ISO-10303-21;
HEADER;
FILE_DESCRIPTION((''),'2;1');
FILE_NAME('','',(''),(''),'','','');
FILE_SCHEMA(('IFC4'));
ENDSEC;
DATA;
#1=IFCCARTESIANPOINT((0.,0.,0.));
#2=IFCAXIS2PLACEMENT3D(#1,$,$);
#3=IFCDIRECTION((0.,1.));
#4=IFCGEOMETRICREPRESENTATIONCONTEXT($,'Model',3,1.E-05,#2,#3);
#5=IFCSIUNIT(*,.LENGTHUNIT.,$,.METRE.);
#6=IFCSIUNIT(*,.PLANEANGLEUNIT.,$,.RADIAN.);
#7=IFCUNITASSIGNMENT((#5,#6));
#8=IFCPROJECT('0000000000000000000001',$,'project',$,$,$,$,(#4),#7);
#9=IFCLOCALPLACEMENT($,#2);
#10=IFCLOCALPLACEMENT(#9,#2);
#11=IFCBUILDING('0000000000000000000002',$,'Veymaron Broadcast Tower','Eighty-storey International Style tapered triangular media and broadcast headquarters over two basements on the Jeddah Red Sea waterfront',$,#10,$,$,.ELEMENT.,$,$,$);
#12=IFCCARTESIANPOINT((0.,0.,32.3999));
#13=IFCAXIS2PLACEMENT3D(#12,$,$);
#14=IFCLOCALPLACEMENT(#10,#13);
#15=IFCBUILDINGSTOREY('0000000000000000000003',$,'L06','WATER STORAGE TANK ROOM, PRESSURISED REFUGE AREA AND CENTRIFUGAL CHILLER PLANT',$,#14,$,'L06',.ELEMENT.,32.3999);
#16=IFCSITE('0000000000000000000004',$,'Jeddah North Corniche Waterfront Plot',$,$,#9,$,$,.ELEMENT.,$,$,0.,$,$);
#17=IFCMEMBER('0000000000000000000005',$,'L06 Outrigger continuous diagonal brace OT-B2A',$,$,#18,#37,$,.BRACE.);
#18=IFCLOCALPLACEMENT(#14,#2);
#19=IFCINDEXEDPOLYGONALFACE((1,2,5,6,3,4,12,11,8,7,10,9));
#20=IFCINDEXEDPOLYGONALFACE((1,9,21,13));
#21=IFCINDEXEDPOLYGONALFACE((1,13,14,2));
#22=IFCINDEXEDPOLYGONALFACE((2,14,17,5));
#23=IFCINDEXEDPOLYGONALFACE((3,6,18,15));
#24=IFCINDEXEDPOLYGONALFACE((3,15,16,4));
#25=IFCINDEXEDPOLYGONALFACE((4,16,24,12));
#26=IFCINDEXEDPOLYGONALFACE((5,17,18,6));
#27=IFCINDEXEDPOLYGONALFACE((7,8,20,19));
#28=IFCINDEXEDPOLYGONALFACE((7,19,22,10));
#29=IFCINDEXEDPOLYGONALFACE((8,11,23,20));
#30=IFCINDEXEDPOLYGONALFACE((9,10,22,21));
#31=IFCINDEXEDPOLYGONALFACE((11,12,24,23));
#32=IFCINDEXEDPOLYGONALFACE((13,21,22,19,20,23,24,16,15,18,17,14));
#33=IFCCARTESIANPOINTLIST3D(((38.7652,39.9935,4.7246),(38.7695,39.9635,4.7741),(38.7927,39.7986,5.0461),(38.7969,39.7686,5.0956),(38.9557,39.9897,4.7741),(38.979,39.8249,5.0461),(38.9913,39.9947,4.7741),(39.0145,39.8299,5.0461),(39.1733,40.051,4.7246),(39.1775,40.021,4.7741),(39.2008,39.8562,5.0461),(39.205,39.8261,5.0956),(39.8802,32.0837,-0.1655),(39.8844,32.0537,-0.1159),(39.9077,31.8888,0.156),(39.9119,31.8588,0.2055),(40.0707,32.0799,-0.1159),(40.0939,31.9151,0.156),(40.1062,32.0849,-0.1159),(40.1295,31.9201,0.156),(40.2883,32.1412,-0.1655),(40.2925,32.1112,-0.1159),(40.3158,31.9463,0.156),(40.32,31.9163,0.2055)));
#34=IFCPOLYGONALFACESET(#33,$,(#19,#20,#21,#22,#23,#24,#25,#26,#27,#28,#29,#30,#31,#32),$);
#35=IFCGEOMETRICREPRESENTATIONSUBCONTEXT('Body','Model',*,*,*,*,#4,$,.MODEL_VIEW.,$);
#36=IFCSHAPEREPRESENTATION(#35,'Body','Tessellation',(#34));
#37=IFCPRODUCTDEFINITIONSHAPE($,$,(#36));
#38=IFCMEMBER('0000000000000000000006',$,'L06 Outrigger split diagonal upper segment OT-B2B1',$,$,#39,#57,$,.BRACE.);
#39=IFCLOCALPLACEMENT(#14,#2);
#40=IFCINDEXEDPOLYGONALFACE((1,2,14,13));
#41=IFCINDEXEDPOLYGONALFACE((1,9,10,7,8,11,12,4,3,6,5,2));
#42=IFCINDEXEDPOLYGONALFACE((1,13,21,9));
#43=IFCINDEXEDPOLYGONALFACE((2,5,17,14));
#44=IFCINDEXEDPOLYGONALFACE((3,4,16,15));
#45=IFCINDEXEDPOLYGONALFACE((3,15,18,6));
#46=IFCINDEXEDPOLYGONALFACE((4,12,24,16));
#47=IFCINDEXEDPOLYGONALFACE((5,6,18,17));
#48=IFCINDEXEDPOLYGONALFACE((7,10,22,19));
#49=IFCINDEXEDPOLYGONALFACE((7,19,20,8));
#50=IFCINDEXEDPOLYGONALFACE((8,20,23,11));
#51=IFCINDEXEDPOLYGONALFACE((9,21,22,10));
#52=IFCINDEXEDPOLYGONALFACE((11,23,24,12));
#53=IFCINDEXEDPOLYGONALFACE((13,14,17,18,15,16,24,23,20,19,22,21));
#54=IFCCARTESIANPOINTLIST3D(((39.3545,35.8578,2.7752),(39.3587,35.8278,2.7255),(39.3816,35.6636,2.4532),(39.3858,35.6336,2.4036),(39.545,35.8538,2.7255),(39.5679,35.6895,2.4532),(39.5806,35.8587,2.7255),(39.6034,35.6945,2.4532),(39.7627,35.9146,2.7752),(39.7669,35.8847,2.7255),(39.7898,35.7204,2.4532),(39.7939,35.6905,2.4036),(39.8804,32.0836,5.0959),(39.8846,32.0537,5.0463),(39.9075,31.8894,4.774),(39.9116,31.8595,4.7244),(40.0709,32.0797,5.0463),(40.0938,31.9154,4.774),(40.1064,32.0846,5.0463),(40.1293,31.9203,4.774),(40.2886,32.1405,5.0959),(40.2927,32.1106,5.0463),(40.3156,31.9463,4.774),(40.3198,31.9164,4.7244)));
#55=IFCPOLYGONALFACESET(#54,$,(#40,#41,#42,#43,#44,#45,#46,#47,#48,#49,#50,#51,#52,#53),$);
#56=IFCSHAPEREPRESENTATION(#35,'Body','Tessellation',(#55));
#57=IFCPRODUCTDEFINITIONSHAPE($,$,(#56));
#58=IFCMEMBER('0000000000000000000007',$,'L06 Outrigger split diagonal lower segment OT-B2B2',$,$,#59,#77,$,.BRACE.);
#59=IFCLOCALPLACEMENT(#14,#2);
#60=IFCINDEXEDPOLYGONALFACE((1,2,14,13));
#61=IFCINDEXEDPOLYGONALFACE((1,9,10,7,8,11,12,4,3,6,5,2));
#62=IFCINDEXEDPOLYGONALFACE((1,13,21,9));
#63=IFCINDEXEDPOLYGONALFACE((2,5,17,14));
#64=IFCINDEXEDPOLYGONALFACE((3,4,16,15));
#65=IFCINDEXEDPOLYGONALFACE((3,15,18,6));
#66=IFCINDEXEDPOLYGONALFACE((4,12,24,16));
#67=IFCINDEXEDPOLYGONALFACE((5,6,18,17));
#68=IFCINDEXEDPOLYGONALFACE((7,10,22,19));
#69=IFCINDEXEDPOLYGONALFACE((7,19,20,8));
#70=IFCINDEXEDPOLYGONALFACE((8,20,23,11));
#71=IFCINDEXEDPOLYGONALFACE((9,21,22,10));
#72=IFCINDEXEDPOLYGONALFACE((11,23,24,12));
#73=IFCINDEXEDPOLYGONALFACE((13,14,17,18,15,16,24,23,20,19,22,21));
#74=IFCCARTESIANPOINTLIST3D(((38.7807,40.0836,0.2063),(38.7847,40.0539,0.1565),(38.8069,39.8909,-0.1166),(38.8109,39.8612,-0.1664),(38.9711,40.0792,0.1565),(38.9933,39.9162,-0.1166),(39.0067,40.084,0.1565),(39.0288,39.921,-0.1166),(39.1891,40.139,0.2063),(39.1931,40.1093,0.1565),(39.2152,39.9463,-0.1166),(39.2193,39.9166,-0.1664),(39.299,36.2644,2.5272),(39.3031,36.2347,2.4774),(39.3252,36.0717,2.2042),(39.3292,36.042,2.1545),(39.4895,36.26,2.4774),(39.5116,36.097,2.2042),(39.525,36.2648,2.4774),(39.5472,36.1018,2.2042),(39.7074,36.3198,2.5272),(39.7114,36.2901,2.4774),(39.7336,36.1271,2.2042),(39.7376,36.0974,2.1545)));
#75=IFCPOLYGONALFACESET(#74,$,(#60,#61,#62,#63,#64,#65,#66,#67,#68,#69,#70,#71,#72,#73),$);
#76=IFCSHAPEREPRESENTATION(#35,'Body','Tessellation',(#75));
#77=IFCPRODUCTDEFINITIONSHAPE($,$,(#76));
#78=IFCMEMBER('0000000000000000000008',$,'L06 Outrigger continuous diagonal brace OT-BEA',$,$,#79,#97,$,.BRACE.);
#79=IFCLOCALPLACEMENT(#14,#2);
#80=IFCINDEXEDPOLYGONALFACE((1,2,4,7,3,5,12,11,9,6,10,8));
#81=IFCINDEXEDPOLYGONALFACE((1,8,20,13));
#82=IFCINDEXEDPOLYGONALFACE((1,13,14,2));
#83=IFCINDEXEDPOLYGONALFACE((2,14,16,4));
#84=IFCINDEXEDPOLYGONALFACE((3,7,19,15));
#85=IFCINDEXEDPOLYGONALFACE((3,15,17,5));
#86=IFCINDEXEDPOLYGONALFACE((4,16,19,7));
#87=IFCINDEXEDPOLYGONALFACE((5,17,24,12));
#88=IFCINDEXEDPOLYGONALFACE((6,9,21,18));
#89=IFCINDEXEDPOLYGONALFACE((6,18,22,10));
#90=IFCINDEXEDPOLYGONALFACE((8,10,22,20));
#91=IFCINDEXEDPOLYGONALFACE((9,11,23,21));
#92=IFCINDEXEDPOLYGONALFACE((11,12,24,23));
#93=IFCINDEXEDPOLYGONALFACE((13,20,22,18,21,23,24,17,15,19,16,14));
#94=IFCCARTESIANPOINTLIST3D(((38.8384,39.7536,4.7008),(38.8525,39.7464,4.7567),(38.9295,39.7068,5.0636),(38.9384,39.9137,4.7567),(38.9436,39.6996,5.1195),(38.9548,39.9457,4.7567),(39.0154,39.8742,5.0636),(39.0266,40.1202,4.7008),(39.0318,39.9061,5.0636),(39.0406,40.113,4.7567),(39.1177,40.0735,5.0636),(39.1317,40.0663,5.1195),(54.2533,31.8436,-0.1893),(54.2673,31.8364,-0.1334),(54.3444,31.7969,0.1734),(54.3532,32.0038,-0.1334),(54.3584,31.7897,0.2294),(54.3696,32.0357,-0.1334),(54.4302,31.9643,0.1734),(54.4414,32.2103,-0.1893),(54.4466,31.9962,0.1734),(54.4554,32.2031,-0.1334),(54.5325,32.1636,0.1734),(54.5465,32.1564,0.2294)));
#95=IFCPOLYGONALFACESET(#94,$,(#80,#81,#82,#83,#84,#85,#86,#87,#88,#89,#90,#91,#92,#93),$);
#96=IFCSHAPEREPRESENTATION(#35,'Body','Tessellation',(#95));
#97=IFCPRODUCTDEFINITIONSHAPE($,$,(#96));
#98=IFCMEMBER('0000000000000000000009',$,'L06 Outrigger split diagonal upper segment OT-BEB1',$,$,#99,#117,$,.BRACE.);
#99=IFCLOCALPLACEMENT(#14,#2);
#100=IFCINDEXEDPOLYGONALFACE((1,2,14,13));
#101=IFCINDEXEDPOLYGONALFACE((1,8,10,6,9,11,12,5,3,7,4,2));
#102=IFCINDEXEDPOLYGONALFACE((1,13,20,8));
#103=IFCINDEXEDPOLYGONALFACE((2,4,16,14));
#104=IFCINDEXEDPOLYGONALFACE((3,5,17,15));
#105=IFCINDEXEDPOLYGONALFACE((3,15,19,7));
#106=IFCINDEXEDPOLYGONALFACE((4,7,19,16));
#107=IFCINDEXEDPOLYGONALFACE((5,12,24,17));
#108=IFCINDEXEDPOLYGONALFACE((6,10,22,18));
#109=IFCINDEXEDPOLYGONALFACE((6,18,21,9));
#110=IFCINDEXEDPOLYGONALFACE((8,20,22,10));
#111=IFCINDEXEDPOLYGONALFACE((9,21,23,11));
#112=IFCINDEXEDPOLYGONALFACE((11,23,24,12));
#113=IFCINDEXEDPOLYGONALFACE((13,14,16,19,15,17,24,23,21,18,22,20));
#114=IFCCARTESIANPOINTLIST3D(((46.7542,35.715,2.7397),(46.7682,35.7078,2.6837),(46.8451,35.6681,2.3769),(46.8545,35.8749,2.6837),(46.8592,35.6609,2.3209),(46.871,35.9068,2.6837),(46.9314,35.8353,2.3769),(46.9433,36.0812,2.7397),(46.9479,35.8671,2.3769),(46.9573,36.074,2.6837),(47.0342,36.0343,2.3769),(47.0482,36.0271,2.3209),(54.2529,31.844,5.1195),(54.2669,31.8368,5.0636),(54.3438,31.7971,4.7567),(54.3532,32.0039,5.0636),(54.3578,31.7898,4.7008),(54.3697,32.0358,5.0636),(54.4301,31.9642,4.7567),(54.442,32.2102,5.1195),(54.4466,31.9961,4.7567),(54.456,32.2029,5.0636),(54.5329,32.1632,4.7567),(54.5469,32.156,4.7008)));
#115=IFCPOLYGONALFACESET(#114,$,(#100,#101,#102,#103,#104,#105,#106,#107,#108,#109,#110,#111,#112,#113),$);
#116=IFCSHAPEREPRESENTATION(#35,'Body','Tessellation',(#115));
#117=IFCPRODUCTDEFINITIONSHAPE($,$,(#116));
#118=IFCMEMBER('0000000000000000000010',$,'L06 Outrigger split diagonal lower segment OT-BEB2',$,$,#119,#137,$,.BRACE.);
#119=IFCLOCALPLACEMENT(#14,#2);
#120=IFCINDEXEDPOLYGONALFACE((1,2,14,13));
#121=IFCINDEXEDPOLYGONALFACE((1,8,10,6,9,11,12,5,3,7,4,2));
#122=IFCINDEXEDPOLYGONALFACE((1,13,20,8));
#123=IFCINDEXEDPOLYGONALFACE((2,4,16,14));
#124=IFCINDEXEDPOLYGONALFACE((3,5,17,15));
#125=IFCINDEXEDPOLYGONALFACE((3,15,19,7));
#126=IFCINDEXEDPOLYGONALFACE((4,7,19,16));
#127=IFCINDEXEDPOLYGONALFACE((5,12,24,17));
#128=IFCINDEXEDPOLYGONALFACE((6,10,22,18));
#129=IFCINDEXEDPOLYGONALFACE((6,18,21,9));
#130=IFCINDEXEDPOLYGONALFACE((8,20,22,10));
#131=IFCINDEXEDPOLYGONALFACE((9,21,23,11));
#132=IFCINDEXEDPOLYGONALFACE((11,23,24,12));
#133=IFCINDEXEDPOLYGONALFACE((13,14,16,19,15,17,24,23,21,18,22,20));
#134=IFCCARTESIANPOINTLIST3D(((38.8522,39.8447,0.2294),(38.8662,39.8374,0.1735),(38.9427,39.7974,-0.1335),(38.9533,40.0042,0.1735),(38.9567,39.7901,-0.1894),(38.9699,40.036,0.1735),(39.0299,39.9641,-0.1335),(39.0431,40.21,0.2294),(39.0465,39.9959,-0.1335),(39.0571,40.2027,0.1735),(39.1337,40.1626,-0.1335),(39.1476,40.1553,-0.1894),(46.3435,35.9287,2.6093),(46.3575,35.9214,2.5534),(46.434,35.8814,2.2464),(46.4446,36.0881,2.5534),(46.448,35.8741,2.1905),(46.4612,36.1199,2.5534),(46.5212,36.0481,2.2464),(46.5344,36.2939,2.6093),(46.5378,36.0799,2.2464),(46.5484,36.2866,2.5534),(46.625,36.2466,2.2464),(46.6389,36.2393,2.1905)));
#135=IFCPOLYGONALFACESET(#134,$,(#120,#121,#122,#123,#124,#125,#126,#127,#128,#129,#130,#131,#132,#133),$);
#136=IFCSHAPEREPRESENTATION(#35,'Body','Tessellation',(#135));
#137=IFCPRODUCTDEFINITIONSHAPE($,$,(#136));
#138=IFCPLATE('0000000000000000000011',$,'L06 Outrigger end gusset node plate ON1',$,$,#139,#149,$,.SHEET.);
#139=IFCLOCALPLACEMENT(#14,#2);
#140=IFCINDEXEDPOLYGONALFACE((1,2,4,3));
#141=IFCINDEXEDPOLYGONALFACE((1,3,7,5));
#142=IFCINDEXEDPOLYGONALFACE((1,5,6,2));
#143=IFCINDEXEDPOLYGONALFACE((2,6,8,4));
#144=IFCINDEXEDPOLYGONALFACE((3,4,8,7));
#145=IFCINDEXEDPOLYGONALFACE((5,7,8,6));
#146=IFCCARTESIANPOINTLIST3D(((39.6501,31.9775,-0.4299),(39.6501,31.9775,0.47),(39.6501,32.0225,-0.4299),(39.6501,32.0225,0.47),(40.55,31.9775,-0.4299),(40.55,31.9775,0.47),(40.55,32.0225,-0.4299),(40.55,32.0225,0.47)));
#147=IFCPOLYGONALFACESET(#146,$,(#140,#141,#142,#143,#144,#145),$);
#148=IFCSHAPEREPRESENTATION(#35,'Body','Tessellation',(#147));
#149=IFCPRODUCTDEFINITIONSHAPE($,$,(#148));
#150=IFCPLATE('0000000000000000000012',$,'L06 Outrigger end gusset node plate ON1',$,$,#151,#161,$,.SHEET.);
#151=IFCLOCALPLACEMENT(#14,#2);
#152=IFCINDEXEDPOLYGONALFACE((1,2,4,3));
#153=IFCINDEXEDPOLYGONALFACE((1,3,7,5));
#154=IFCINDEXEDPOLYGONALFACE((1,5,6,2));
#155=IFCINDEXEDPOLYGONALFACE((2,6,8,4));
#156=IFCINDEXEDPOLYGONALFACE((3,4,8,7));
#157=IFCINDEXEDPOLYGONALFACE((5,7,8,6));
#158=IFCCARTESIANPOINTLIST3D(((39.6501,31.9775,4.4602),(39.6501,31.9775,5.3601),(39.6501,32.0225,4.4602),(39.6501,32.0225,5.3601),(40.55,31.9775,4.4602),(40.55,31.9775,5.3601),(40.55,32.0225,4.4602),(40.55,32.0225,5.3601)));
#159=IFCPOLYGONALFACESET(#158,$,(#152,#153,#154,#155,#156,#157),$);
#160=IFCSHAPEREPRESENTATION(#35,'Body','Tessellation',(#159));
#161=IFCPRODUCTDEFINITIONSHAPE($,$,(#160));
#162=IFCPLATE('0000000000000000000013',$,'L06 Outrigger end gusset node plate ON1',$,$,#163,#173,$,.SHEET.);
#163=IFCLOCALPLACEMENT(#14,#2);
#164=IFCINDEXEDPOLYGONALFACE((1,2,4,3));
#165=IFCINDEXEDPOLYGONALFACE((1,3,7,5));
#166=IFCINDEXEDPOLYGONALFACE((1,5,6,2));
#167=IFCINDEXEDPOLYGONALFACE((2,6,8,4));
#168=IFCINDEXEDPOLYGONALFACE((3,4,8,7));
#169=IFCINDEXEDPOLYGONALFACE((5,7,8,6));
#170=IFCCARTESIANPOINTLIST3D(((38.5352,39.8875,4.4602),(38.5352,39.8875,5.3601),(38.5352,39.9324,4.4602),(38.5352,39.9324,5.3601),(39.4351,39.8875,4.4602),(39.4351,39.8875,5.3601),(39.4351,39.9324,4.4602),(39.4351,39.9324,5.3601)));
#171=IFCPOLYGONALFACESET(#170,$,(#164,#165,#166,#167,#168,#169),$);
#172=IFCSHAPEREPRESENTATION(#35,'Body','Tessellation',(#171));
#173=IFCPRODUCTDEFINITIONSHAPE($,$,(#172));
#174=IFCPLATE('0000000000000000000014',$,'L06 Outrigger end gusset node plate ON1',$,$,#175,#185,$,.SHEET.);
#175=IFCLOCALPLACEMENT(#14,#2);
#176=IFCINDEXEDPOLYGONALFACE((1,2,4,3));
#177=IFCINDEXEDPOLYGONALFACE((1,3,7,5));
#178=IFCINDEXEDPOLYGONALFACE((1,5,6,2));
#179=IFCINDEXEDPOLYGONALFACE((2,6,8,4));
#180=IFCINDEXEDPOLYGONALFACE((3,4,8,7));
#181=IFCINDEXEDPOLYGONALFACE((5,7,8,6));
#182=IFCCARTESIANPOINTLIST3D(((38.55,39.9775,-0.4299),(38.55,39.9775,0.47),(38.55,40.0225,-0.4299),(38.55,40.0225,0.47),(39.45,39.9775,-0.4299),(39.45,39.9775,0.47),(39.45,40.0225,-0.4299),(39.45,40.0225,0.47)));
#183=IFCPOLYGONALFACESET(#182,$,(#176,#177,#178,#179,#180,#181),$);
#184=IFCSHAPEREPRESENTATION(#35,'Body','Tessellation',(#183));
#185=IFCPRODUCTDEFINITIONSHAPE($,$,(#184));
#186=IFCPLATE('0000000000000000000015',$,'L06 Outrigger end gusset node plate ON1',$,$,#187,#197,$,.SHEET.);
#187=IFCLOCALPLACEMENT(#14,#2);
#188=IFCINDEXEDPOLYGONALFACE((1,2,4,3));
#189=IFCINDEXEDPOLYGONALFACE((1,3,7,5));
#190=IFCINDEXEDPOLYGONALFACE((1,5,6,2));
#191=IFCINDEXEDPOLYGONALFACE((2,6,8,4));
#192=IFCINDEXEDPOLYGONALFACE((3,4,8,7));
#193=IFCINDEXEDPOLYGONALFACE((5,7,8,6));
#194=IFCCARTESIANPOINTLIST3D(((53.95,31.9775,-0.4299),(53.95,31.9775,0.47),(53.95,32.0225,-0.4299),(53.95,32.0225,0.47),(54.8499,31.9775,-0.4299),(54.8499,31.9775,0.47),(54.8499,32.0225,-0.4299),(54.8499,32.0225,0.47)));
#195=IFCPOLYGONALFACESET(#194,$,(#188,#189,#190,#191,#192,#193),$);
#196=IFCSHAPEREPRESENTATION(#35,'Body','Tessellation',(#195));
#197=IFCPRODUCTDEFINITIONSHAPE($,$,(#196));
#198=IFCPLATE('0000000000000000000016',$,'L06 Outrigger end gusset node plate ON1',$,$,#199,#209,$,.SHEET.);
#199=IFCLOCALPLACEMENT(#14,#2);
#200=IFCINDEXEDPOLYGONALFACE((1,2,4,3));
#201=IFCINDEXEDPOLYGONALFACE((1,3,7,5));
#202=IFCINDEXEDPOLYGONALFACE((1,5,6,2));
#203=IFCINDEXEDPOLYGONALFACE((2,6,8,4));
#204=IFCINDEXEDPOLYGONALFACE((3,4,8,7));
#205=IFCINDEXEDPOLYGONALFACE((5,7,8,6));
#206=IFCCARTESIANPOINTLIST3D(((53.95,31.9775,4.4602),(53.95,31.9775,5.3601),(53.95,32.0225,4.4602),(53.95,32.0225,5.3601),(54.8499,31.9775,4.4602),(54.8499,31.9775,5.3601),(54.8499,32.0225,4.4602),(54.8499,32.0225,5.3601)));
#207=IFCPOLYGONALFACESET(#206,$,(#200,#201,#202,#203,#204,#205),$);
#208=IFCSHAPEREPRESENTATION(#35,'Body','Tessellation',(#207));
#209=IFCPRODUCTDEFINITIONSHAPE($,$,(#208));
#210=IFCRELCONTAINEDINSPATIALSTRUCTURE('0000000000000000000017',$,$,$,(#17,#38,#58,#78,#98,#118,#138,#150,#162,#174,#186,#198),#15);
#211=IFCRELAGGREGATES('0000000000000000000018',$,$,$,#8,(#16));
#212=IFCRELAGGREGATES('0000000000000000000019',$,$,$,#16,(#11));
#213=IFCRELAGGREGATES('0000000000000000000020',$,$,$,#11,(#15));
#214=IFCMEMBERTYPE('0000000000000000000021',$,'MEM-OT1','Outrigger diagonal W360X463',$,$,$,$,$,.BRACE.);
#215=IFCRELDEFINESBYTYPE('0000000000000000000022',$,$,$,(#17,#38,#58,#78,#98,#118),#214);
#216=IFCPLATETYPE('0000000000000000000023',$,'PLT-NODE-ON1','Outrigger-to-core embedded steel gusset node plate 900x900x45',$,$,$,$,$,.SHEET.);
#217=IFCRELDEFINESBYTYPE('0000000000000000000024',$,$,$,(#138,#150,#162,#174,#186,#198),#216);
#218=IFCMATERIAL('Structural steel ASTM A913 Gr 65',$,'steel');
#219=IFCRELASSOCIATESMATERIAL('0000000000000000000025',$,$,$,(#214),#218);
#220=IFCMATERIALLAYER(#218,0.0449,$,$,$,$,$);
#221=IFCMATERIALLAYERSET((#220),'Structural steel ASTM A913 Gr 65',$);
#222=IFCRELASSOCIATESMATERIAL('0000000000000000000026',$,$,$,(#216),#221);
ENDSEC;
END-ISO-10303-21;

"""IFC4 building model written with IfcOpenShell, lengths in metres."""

from ifc_helpers import new_model, si_unit, direction, frame, origin, origin_2d, place, context, subcontext, project, spatial, rectangle, i_section, extrude, material, layer, layer_set, material_profile, profile_set, type_object, element, save


model = new_model("IFC4")

# Units and contexts
model_context = context("Model", 3, precision=1e-05, world=origin(), true_north=direction((0.0, 1.0)))
body_context = subcontext(model_context, "Body", "Model", "MODEL_VIEW")
ifc_project = project(units=[si_unit("LENGTHUNIT", "METRE"), si_unit("PLANEANGLEUNIT", "RADIAN")], contexts=[model_context])

# Site, building, storey
site_placement = place(None, origin())
site = spatial("IfcSite", under=ifc_project, at=site_placement, Name="Jeddah North Corniche Waterfront Plot", CompositionType="ELEMENT", RefElevation=0.0)
building_placement = place(site_placement, origin())
building = spatial("IfcBuilding", under=site, at=building_placement, Name="Veymaron Broadcast Tower", Description="Eighty-storey International Style tapered triangular media and broadcast headquarters over two basements on the Jeddah Red Sea waterfront", CompositionType="ELEMENT")
storey_placement = place(building_placement, frame((0.0, 0.0, 32.3999)))
storey = spatial("IfcBuildingStorey", under=building, at=storey_placement, Name="L06", Description="WATER STORAGE TANK ROOM, PRESSURISED REFUGE AREA AND CENTRIFUGAL CHILLER PLANT", LongName="L06", CompositionType="ELEMENT", Elevation=32.3999)

# Shared definitions
ifc_material_1 = material(Name="Structural steel ASTM A913 Gr 65", Category="steel")

# Members
ifc_material_profile_1 = material_profile(ifc_material_1, i_section(OverallWidth=0.4121, OverallDepth=0.4351, WebThickness=0.0359, FlangeThickness=0.0581, at=origin_2d()), Name="W360X463")
ifc_profile_set_1 = profile_set([ifc_material_profile_1], Name="Structural steel ASTM A913 Gr 65")
member_type = type_object("IfcMemberType", Name="MEM-OT1", Description="Outrigger diagonal W360X463", PredefinedType="BRACE", material=ifc_profile_set_1)
member_1_placement = place(storey_placement, frame((40.1001, 32.0, 0.02), z_axis=(-0.119046, 0.844528, 0.522112), x_axis=(-0.990211, -0.139581, 0.0)))
element("IfcMember", 1, at=member_1_placement, inside=storey, type_object=member_type, Name="L06 Outrigger continuous diagonal brace OT-B2A", PredefinedType="BRACE", context=body_context, shape_type="SweptSolid", body=[
    extrude(i_section(OverallWidth=0.4121, OverallDepth=0.4351, WebThickness=0.0359, FlangeThickness=0.0581, at=origin_2d()), origin(), (0.0, 0.0, 1.0), 9.366),
])
member_2_placement = place(storey_placement, frame((40.1001, 32.0, 4.9102), z_axis=(-0.117864, 0.845899, -0.520157), x_axis=(-0.990432, -0.138003, 0.0)))
element("IfcMember", 2, at=member_2_placement, inside=storey, type_object=member_type, Name="L06 Outrigger split diagonal upper segment OT-B2B1", PredefinedType="BRACE", context=body_context, shape_type="SweptSolid", body=[
    extrude(i_section(OverallWidth=0.4121, OverallDepth=0.4351, WebThickness=0.0359, FlangeThickness=0.0581, at=origin_2d()), origin(), (0.0, 0.0, 1.0), 4.4617),
])
member_3_placement = place(storey_placement, frame((39.5183, 36.1809, 2.3408), z_axis=(-0.115208, 0.848892, -0.515858), x_axis=(-0.990916, -0.134483, 0.0)))
element("IfcMember", 3, at=member_3_placement, inside=storey, type_object=member_type, Name="L06 Outrigger split diagonal lower segment OT-B2B2", PredefinedType="BRACE", context=body_context, shape_type="SweptSolid", body=[
    extrude(i_section(OverallWidth=0.4121, OverallDepth=0.4351, WebThickness=0.0359, FlangeThickness=0.0581, at=origin_2d()), origin(), (0.0, 0.0, 1.0), 4.499),
])
member_4_placement = place(storey_placement, frame((54.3999, 32.0, 0.02), z_axis=(-0.856251, 0.439374, 0.271634), x_axis=(-0.45654, -0.889703, 0.0)))
element("IfcMember", 4, at=member_4_placement, inside=storey, type_object=member_type, Name="L06 Outrigger continuous diagonal brace OT-BEA", PredefinedType="BRACE", context=body_context, shape_type="SweptSolid", body=[
    extrude(i_section(OverallWidth=0.4121, OverallDepth=0.4351, WebThickness=0.0359, FlangeThickness=0.0581, at=origin_2d()), origin(), (0.0, 0.0, 1.0), 18.0027),
])
member_5_placement = place(storey_placement, frame((54.3999, 32.0, 4.9102), z_axis=(-0.855227, 0.441494, -0.271423), x_axis=(-0.458714, -0.888584, 0.0)))
element("IfcMember", 5, at=member_5_placement, inside=storey, type_object=member_type, Name="L06 Outrigger split diagonal upper segment OT-BEB1", PredefinedType="BRACE", context=body_context, shape_type="SweptSolid", body=[
    extrude(i_section(OverallWidth=0.4121, OverallDepth=0.4351, WebThickness=0.0359, FlangeThickness=0.0581, at=origin_2d()), origin(), (0.0, 0.0, 1.0), 8.7681),
])
member_6_placement = place(storey_placement, frame((46.4912, 36.084, 2.3999), z_axis=(-0.853053, 0.445932, -0.271007), x_axis=(-0.463269, -0.886218, 0.0)))
element("IfcMember", 6, at=member_6_placement, inside=storey, type_object=member_type, Name="L06 Outrigger split diagonal lower segment OT-BEB2", PredefinedType="BRACE", context=body_context, shape_type="SweptSolid", body=[
    extrude(i_section(OverallWidth=0.4121, OverallDepth=0.4351, WebThickness=0.0359, FlangeThickness=0.0581, at=origin_2d()), origin(), (0.0, 0.0, 1.0), 8.7817),
])

# Plates
ifc_layer_1 = layer(ifc_material_1, 0.0449)
ifc_layer_set_1 = layer_set([ifc_layer_1], Name="Structural steel ASTM A913 Gr 65")
plate_type_1 = type_object("IfcPlateType", Name="PLT-NODE-ON1", Description="Outrigger-to-core embedded steel gusset node plate 900x900x45", PredefinedType="SHEET", material=ifc_layer_set_1)
for number, where, z_axis, x_axis, name in (
    (7, (40.1001, 32.0, -0.4299), (0.0, 0.0, 1.0), (1.0, 0.0, 0.0), "L06 Outrigger end gusset node plate ON1"),
    (8, (40.1001, 32.0, 4.4602), (0.0, 0.0, 1.0), (1.0, 0.0, 0.0), "L06 Outrigger end gusset node plate ON1"),
    (9, (38.9851, 39.9099, 4.4602), (0.0, 0.0, 1.0), (1.0, 0.0, 0.0), "L06 Outrigger end gusset node plate ON1"),
    (10, (39.0, 40.0, -0.4299), (0.0, 0.0, 1.0), (1.0, 0.0, 0.0), "L06 Outrigger end gusset node plate ON1"),
    (11, (54.3999, 32.0, -0.4299), (0.0, 0.0, 1.0), (1.0, 0.0, 0.0), "L06 Outrigger end gusset node plate ON1"),
    (12, (54.3999, 32.0, 4.4602), (0.0, 0.0, 1.0), (1.0, 0.0, 0.0), "L06 Outrigger end gusset node plate ON1"),
):
    element("IfcPlate", number, at=place(storey_placement, frame(where, z_axis=z_axis, x_axis=x_axis)), inside=storey, type_object=plate_type_1, Name=name, PredefinedType="SHEET", context=body_context, shape_type="SweptSolid", body=[
        extrude(rectangle(XDim=0.8999, YDim=0.0449, at=origin_2d()), origin(), (0.0, 0.0, 1.0), 0.8999),
    ])

save(model, "model.ifc")
